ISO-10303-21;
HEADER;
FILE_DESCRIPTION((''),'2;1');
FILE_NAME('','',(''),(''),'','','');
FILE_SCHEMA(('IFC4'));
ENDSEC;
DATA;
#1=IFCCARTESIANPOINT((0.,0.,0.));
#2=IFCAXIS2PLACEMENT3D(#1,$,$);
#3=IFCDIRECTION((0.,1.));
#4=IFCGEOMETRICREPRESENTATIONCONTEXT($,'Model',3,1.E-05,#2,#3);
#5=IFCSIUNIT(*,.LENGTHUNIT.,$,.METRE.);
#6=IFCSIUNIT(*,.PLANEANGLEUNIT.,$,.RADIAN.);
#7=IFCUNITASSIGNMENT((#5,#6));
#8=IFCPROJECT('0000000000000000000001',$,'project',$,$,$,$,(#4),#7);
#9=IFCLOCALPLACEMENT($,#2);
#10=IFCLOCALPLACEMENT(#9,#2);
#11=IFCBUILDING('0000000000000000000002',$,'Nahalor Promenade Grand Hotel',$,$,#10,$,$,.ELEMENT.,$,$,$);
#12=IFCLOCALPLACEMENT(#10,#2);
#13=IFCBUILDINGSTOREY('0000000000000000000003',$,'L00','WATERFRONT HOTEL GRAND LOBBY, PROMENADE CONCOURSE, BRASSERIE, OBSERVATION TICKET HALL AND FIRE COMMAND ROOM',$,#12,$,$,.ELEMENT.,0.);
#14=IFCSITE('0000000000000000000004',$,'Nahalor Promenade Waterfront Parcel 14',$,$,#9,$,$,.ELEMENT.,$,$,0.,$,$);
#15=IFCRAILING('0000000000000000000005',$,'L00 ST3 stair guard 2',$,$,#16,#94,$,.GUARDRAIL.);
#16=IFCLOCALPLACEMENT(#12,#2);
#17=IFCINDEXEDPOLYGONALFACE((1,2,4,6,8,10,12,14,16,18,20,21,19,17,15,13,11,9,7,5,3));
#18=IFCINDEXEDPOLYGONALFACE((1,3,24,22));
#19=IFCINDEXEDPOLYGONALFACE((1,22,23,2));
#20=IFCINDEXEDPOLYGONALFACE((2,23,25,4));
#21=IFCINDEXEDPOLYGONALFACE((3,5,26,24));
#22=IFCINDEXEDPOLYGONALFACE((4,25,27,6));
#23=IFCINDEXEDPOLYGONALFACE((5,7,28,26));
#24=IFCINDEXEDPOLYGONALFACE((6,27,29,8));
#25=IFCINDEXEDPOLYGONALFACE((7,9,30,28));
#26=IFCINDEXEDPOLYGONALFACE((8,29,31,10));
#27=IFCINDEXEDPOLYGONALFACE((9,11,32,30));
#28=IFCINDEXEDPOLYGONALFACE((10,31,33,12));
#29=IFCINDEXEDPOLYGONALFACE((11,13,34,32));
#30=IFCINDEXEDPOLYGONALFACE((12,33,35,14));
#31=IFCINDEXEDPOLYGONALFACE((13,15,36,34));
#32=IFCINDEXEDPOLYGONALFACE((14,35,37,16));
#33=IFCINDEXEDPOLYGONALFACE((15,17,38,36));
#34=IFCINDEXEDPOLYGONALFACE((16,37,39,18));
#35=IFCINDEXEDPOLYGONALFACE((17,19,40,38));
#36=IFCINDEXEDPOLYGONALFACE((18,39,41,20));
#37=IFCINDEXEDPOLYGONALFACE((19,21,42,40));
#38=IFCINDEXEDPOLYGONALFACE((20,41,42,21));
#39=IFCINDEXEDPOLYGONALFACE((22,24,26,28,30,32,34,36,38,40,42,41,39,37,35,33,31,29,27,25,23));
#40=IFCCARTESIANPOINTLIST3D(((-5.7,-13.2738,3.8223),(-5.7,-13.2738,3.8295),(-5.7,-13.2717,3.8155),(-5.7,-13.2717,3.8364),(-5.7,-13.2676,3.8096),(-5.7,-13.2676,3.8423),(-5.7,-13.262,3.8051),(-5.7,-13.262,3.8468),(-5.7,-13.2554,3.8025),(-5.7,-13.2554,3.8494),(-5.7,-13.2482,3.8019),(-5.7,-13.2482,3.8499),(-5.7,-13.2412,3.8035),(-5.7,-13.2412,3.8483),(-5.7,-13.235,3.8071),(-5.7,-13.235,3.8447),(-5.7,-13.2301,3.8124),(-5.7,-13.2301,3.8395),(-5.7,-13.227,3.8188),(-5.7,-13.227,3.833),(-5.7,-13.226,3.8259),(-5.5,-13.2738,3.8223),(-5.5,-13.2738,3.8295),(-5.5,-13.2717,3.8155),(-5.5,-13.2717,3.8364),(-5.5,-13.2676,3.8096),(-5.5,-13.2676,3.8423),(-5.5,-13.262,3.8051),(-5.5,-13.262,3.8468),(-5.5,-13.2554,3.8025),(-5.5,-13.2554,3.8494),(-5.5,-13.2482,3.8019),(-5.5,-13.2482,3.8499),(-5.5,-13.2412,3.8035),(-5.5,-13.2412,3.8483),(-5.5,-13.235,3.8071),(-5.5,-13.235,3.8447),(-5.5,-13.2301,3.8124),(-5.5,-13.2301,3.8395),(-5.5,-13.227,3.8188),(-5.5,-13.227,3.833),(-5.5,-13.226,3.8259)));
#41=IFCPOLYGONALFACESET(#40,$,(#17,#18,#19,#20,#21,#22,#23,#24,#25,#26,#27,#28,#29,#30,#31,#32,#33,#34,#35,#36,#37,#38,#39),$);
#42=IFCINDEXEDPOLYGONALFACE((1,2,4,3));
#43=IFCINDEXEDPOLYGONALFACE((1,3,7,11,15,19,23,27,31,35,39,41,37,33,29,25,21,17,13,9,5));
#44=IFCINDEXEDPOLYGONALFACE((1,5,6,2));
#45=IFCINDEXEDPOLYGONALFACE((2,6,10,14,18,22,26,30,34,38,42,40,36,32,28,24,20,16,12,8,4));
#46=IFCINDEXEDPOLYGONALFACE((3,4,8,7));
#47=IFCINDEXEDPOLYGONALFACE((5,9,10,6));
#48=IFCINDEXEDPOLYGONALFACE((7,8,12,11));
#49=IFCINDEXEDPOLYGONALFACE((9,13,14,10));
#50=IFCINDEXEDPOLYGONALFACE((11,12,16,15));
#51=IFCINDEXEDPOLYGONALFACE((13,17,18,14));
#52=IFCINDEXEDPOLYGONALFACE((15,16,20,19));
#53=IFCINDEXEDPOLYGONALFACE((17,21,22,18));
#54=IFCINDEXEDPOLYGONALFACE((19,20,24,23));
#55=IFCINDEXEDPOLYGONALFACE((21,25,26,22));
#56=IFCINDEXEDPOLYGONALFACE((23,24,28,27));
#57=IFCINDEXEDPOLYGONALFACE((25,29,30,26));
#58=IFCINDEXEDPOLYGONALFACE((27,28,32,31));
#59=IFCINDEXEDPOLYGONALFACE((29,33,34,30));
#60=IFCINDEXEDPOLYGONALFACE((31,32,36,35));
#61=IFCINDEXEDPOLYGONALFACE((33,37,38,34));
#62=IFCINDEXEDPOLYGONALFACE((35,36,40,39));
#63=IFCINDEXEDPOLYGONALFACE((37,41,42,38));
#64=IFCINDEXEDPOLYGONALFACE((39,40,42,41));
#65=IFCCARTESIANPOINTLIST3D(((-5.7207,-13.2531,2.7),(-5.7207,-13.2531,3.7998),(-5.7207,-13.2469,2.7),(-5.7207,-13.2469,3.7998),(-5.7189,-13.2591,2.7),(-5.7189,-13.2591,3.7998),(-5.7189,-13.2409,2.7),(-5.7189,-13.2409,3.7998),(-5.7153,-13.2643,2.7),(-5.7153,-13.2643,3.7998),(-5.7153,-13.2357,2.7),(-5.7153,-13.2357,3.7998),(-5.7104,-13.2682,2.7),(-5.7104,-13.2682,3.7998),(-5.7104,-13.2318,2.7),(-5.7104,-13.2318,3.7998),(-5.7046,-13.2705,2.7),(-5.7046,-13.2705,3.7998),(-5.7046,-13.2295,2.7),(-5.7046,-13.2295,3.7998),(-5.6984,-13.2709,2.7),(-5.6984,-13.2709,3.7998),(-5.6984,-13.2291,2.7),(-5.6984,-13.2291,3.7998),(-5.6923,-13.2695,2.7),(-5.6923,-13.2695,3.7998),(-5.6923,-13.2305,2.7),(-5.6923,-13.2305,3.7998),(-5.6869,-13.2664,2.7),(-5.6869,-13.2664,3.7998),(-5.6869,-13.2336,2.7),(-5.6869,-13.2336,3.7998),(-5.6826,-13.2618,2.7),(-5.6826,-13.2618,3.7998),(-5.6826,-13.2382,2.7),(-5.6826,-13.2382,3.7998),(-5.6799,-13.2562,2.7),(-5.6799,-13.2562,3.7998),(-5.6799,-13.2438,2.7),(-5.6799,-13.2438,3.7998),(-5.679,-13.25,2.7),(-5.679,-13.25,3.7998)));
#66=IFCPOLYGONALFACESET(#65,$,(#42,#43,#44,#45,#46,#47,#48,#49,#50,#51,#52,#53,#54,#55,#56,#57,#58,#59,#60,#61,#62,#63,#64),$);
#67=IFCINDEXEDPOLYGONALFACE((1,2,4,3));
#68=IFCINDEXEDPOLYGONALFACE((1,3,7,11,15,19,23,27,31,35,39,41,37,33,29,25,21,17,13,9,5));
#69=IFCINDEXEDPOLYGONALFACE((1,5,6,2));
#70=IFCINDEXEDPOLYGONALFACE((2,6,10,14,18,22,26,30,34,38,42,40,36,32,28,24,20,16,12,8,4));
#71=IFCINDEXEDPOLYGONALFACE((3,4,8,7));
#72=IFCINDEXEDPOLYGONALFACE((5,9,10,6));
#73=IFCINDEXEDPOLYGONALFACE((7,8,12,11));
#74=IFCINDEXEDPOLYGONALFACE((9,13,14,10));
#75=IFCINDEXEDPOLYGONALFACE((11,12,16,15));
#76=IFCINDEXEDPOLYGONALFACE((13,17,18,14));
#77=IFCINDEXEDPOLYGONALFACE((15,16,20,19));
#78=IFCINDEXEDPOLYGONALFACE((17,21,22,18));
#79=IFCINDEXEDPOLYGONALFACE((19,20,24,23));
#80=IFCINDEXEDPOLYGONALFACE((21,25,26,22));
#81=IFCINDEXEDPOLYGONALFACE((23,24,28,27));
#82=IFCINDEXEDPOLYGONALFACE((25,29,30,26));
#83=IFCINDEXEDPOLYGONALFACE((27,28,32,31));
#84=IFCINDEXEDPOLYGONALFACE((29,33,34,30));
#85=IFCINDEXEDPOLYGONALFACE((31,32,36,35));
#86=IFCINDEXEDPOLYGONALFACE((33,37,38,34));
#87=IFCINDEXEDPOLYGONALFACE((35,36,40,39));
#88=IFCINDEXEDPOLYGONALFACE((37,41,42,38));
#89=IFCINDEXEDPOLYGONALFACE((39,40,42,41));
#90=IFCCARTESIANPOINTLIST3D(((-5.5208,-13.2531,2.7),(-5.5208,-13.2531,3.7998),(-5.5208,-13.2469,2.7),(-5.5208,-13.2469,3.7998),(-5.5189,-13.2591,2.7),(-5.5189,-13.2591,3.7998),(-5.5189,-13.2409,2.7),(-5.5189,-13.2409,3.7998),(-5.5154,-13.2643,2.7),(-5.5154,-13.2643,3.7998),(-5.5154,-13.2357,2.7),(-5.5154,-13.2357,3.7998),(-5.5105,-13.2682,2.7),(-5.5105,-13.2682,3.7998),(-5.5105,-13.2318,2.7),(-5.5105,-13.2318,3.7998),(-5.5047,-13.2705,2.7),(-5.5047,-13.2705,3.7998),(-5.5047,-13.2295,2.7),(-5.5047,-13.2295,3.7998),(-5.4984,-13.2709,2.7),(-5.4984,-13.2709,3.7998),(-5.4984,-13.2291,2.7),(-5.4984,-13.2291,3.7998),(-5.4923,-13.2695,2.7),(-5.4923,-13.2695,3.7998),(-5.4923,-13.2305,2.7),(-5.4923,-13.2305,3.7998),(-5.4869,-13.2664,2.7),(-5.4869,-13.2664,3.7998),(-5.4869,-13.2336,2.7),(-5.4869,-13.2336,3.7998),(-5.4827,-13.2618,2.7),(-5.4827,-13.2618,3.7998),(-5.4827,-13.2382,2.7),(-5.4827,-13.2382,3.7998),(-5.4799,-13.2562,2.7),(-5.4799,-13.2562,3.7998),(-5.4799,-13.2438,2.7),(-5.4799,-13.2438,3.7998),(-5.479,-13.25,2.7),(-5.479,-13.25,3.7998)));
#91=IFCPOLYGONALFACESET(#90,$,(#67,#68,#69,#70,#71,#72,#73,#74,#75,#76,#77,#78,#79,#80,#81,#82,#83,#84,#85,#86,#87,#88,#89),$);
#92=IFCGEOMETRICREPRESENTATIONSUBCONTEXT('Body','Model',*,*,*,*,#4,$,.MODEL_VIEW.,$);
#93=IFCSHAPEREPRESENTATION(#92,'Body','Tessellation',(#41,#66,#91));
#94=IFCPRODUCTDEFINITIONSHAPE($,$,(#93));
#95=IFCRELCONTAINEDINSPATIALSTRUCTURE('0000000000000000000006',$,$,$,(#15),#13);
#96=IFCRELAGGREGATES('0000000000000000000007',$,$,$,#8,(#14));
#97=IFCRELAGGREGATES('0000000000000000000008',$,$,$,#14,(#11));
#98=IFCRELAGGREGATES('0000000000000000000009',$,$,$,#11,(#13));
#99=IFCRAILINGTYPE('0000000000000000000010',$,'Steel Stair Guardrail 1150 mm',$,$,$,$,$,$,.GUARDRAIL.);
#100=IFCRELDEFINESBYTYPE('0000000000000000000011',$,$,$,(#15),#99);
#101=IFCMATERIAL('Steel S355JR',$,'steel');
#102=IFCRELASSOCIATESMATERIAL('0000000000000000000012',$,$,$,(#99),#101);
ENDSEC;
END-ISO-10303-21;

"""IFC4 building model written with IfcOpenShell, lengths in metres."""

from ifc_helpers import new_model, si_unit, direction, frame, origin, origin_2d, place, context, subcontext, project, spatial, circle, extrude, material, type_object, element, save


model = new_model("IFC4")

# Units and contexts
model_context = context("Model", 3, precision=1e-05, world=origin(), true_north=direction((0.0, 1.0)))
body_context = subcontext(model_context, "Body", "Model", "MODEL_VIEW")
ifc_project = project(units=[si_unit("LENGTHUNIT", "METRE"), si_unit("PLANEANGLEUNIT", "RADIAN")], contexts=[model_context])

# Site, building, storey
site_placement = place(None, origin())
site = spatial("IfcSite", under=ifc_project, at=site_placement, Name="Nahalor Promenade Waterfront Parcel 14", CompositionType="ELEMENT", RefElevation=0.0)
building_placement = place(site_placement, origin())
building = spatial("IfcBuilding", under=site, at=building_placement, Name="Nahalor Promenade Grand Hotel", CompositionType="ELEMENT")
storey_placement = place(building_placement, origin())
storey = spatial("IfcBuildingStorey", under=building, at=storey_placement, Name="L00", Description="WATERFRONT HOTEL GRAND LOBBY, PROMENADE CONCOURSE, BRASSERIE, OBSERVATION TICKET HALL AND FIRE COMMAND ROOM", CompositionType="ELEMENT", Elevation=0.0)

# Shared definitions
ifc_material_1 = material(Name="Steel S355JR", Category="steel")

# Railing
railing_type_1 = type_object("IfcRailingType", Name="Steel Stair Guardrail 1150 mm", PredefinedType="GUARDRAIL", material=ifc_material_1)
railing_1_placement = place(storey_placement, frame((-5.7, -13.25, 2.7)))
element("IfcRailing", 1, at=railing_1_placement, inside=storey, type_object=railing_type_1, Name="L00 ST3 stair guard 2", PredefinedType="GUARDRAIL", context=body_context, shape_type="SweptSolid", body=[
    extrude(circle(Radius=0.024, at=origin_2d()), frame((0.0, 0.0, 1.126), z_axis=(1.0, 0.0, 0.0), x_axis=(0.0, 1.0, 0.0)), (0.0, 0.0, 1.0), 0.2),
    extrude(circle(Radius=0.021, at=origin_2d()), origin(), (0.0, 0.0, 1.0), 1.0999),
    extrude(circle(Radius=0.021, at=origin_2d()), frame((0.2, 0.0, 0.0)), (0.0, 0.0, 1.0), 1.0999),
])

save(model, "model.ifc")
